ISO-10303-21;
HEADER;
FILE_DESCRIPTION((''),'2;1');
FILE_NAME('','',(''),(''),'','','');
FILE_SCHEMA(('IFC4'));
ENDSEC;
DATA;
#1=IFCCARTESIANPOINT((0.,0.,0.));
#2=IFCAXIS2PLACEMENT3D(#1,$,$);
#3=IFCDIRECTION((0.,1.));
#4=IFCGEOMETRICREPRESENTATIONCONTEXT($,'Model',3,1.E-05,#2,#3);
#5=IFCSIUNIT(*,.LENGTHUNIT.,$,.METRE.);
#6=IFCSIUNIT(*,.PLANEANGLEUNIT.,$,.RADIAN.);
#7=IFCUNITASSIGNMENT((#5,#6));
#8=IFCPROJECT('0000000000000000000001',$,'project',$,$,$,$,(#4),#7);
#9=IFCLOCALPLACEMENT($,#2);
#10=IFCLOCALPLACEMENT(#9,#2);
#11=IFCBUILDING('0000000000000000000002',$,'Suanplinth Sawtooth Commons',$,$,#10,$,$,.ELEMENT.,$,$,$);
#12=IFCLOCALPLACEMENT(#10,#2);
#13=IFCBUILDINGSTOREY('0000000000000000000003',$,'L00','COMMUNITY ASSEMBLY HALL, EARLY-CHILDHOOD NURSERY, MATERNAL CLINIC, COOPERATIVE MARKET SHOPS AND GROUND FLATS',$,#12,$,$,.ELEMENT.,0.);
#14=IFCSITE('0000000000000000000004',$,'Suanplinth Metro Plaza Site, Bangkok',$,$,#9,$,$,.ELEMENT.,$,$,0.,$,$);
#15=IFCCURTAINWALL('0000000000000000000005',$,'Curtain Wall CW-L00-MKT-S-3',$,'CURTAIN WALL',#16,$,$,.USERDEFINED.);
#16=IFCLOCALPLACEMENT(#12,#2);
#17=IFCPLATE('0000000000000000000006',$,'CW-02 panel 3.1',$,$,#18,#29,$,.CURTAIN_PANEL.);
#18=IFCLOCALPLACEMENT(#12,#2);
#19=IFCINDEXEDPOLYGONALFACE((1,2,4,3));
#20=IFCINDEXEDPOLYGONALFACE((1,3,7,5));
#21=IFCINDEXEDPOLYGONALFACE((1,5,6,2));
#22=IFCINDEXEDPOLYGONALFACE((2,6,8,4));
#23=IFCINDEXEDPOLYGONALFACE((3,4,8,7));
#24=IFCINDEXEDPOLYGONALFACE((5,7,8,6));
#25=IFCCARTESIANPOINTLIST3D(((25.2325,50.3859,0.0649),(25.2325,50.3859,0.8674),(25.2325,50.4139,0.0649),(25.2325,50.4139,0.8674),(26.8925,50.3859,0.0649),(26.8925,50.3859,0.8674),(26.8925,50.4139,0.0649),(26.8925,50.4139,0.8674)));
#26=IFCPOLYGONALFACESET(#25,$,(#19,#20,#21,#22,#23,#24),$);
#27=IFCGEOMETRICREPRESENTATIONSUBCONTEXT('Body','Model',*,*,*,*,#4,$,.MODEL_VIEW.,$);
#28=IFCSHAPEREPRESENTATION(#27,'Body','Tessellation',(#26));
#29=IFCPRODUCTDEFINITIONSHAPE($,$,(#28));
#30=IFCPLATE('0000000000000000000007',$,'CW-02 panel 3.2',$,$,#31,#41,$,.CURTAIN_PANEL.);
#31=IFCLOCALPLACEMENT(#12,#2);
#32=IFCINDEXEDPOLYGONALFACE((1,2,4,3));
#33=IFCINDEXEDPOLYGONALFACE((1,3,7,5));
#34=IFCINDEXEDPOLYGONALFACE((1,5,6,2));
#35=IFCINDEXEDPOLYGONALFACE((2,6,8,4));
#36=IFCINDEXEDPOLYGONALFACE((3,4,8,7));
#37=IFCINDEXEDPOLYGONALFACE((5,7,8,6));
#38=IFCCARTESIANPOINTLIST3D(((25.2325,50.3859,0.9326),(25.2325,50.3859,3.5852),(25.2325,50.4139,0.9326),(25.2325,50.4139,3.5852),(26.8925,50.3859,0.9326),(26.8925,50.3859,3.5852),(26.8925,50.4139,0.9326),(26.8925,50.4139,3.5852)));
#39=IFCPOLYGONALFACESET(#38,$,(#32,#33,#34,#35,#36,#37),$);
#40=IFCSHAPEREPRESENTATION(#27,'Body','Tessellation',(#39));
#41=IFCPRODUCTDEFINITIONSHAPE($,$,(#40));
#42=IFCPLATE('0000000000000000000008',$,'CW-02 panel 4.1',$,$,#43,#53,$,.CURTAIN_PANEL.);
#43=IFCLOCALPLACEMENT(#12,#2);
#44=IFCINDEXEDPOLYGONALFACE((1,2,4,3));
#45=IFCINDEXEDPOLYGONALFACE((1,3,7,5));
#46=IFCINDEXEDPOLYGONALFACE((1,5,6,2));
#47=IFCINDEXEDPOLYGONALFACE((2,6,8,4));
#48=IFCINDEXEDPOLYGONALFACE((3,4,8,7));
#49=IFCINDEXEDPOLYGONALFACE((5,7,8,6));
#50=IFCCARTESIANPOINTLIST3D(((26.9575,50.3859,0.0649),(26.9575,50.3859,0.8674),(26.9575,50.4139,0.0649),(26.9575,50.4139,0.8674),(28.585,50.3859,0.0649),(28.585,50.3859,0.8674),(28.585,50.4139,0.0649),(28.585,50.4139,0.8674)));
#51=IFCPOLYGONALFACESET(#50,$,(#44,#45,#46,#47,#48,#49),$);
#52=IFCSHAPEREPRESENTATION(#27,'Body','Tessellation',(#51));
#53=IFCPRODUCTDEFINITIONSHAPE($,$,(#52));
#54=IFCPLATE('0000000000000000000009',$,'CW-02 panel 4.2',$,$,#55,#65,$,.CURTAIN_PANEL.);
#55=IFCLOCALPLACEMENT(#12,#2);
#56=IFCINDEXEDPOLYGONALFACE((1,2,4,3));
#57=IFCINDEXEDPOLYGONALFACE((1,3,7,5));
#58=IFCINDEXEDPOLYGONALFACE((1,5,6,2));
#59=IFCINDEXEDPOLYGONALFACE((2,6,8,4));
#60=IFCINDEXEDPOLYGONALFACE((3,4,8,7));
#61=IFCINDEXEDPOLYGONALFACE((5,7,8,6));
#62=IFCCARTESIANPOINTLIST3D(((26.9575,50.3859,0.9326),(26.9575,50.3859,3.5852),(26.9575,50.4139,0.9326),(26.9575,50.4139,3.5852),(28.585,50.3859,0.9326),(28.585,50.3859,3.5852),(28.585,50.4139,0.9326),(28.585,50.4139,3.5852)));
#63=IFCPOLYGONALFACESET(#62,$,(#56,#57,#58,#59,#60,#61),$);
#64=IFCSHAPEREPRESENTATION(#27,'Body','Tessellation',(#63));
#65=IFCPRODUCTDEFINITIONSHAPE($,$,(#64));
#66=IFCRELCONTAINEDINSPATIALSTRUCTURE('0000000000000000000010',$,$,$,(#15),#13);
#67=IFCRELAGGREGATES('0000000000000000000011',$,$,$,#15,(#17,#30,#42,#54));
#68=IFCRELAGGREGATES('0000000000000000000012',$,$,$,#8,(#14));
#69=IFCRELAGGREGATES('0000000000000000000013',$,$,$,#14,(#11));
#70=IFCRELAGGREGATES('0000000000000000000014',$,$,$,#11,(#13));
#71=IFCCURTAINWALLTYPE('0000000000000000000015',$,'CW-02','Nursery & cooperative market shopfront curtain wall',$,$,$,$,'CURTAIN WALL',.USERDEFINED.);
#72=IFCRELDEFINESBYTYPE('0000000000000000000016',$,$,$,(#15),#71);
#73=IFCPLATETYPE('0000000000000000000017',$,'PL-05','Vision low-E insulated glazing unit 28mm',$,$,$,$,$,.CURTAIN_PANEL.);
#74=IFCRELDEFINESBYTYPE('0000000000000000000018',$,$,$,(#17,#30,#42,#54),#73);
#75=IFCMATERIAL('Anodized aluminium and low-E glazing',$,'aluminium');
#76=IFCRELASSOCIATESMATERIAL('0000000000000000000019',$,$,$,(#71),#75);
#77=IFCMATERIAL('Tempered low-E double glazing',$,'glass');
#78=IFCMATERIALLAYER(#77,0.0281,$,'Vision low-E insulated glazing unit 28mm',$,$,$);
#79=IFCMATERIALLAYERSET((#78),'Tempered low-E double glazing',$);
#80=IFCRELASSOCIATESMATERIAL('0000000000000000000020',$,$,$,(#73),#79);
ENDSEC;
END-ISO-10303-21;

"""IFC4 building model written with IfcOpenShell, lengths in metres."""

from ifc_helpers import new_model, si_unit, direction, frame, origin, origin_2d, place, context, subcontext, project, spatial, rectangle, extrude, material, layer, layer_set, type_object, element, aggregate, save


model = new_model("IFC4")

# Units and contexts
model_context = context("Model", 3, precision=1e-05, world=origin(), true_north=direction((0.0, 1.0)))
body_context = subcontext(model_context, "Body", "Model", "MODEL_VIEW")
ifc_project = project(units=[si_unit("LENGTHUNIT", "METRE"), si_unit("PLANEANGLEUNIT", "RADIAN")], contexts=[model_context])

# Site, building, storey
site_placement = place(None, origin())
site = spatial("IfcSite", under=ifc_project, at=site_placement, Name="Suanplinth Metro Plaza Site, Bangkok", CompositionType="ELEMENT", RefElevation=0.0)
building_placement = place(site_placement, origin())
building = spatial("IfcBuilding", under=site, at=building_placement, Name="Suanplinth Sawtooth Commons", CompositionType="ELEMENT")
storey_placement = place(building_placement, origin())
storey = spatial("IfcBuildingStorey", under=building, at=storey_placement, Name="L00", Description="COMMUNITY ASSEMBLY HALL, EARLY-CHILDHOOD NURSERY, MATERNAL CLINIC, COOPERATIVE MARKET SHOPS AND GROUND FLATS", CompositionType="ELEMENT", Elevation=0.0)

# Curtain wall
ifc_material_1 = material(Name="Anodized aluminium and low-E glazing", Category="aluminium")
curtain_wall_type = type_object("IfcCurtainWallType", Name="CW-02", Description="Nursery & cooperative market shopfront curtain wall", ElementType="CURTAIN WALL", PredefinedType="USERDEFINED", material=ifc_material_1)
curtain_wall_1_placement = place(storey_placement, origin())
curtain_wall_1 = element("IfcCurtainWall", 1, at=curtain_wall_1_placement, inside=storey, type_object=curtain_wall_type, Name="Curtain Wall CW-L00-MKT-S-3", ObjectType="CURTAIN WALL", PredefinedType="USERDEFINED")

# Plates
ifc_material_2 = material(Name="Tempered low-E double glazing", Category="glass")
ifc_layer = layer(ifc_material_2, 0.0281, Name="Vision low-E insulated glazing unit 28mm")
ifc_layer_set = layer_set([ifc_layer], Name="Tempered low-E double glazing")
plate_type = type_object("IfcPlateType", Name="PL-05", Description="Vision low-E insulated glazing unit 28mm", PredefinedType="CURTAIN_PANEL", material=ifc_layer_set)
plate_1_placement = place(storey_placement, frame((26.0625, 50.3999, 0.0649), z_axis=(0.0, 0.0, 1.0), x_axis=(1.0, 0.0, 0.0)))
plate_1 = element("IfcPlate", 2, at=plate_1_placement, type_object=plate_type, Name="CW-02 panel 3.1", PredefinedType="CURTAIN_PANEL", context=body_context, shape_type="SweptSolid", body=[
    extrude(rectangle(XDim=1.6599, YDim=0.0281, at=origin_2d()), origin(), (0.0, 0.0, 1.0), 0.8025),
])
plate_2_placement = place(storey_placement, frame((26.0625, 50.3999, 0.9326), z_axis=(0.0, 0.0, 1.0), x_axis=(1.0, 0.0, 0.0)))
plate_2 = element("IfcPlate", 3, at=plate_2_placement, type_object=plate_type, Name="CW-02 panel 3.2", PredefinedType="CURTAIN_PANEL", context=body_context, shape_type="SweptSolid", body=[
    extrude(rectangle(XDim=1.6599, YDim=0.0281, at=origin_2d()), origin(), (0.0, 0.0, 1.0), 2.6526),
])
plate_3_placement = place(storey_placement, frame((27.7712, 50.3999, 0.0649), z_axis=(0.0, 0.0, 1.0), x_axis=(1.0, 0.0, 0.0)))
plate_3 = element("IfcPlate", 4, at=plate_3_placement, type_object=plate_type, Name="CW-02 panel 4.1", PredefinedType="CURTAIN_PANEL", context=body_context, shape_type="SweptSolid", body=[
    extrude(rectangle(XDim=1.6274, YDim=0.0281, at=origin_2d()), origin(), (0.0, 0.0, 1.0), 0.8025),
])
plate_4_placement = place(storey_placement, frame((27.7712, 50.3999, 0.9326), z_axis=(0.0, 0.0, 1.0), x_axis=(1.0, 0.0, 0.0)))
plate_4 = element("IfcPlate", 5, at=plate_4_placement, type_object=plate_type, Name="CW-02 panel 4.2", PredefinedType="CURTAIN_PANEL", context=body_context, shape_type="SweptSolid", body=[
    extrude(rectangle(XDim=1.6274, YDim=0.0281, at=origin_2d()), origin(), (0.0, 0.0, 1.0), 2.6526),
])
aggregate(curtain_wall_1, [plate_1, plate_2, plate_3, plate_4])

save(model, "model.ifc")
